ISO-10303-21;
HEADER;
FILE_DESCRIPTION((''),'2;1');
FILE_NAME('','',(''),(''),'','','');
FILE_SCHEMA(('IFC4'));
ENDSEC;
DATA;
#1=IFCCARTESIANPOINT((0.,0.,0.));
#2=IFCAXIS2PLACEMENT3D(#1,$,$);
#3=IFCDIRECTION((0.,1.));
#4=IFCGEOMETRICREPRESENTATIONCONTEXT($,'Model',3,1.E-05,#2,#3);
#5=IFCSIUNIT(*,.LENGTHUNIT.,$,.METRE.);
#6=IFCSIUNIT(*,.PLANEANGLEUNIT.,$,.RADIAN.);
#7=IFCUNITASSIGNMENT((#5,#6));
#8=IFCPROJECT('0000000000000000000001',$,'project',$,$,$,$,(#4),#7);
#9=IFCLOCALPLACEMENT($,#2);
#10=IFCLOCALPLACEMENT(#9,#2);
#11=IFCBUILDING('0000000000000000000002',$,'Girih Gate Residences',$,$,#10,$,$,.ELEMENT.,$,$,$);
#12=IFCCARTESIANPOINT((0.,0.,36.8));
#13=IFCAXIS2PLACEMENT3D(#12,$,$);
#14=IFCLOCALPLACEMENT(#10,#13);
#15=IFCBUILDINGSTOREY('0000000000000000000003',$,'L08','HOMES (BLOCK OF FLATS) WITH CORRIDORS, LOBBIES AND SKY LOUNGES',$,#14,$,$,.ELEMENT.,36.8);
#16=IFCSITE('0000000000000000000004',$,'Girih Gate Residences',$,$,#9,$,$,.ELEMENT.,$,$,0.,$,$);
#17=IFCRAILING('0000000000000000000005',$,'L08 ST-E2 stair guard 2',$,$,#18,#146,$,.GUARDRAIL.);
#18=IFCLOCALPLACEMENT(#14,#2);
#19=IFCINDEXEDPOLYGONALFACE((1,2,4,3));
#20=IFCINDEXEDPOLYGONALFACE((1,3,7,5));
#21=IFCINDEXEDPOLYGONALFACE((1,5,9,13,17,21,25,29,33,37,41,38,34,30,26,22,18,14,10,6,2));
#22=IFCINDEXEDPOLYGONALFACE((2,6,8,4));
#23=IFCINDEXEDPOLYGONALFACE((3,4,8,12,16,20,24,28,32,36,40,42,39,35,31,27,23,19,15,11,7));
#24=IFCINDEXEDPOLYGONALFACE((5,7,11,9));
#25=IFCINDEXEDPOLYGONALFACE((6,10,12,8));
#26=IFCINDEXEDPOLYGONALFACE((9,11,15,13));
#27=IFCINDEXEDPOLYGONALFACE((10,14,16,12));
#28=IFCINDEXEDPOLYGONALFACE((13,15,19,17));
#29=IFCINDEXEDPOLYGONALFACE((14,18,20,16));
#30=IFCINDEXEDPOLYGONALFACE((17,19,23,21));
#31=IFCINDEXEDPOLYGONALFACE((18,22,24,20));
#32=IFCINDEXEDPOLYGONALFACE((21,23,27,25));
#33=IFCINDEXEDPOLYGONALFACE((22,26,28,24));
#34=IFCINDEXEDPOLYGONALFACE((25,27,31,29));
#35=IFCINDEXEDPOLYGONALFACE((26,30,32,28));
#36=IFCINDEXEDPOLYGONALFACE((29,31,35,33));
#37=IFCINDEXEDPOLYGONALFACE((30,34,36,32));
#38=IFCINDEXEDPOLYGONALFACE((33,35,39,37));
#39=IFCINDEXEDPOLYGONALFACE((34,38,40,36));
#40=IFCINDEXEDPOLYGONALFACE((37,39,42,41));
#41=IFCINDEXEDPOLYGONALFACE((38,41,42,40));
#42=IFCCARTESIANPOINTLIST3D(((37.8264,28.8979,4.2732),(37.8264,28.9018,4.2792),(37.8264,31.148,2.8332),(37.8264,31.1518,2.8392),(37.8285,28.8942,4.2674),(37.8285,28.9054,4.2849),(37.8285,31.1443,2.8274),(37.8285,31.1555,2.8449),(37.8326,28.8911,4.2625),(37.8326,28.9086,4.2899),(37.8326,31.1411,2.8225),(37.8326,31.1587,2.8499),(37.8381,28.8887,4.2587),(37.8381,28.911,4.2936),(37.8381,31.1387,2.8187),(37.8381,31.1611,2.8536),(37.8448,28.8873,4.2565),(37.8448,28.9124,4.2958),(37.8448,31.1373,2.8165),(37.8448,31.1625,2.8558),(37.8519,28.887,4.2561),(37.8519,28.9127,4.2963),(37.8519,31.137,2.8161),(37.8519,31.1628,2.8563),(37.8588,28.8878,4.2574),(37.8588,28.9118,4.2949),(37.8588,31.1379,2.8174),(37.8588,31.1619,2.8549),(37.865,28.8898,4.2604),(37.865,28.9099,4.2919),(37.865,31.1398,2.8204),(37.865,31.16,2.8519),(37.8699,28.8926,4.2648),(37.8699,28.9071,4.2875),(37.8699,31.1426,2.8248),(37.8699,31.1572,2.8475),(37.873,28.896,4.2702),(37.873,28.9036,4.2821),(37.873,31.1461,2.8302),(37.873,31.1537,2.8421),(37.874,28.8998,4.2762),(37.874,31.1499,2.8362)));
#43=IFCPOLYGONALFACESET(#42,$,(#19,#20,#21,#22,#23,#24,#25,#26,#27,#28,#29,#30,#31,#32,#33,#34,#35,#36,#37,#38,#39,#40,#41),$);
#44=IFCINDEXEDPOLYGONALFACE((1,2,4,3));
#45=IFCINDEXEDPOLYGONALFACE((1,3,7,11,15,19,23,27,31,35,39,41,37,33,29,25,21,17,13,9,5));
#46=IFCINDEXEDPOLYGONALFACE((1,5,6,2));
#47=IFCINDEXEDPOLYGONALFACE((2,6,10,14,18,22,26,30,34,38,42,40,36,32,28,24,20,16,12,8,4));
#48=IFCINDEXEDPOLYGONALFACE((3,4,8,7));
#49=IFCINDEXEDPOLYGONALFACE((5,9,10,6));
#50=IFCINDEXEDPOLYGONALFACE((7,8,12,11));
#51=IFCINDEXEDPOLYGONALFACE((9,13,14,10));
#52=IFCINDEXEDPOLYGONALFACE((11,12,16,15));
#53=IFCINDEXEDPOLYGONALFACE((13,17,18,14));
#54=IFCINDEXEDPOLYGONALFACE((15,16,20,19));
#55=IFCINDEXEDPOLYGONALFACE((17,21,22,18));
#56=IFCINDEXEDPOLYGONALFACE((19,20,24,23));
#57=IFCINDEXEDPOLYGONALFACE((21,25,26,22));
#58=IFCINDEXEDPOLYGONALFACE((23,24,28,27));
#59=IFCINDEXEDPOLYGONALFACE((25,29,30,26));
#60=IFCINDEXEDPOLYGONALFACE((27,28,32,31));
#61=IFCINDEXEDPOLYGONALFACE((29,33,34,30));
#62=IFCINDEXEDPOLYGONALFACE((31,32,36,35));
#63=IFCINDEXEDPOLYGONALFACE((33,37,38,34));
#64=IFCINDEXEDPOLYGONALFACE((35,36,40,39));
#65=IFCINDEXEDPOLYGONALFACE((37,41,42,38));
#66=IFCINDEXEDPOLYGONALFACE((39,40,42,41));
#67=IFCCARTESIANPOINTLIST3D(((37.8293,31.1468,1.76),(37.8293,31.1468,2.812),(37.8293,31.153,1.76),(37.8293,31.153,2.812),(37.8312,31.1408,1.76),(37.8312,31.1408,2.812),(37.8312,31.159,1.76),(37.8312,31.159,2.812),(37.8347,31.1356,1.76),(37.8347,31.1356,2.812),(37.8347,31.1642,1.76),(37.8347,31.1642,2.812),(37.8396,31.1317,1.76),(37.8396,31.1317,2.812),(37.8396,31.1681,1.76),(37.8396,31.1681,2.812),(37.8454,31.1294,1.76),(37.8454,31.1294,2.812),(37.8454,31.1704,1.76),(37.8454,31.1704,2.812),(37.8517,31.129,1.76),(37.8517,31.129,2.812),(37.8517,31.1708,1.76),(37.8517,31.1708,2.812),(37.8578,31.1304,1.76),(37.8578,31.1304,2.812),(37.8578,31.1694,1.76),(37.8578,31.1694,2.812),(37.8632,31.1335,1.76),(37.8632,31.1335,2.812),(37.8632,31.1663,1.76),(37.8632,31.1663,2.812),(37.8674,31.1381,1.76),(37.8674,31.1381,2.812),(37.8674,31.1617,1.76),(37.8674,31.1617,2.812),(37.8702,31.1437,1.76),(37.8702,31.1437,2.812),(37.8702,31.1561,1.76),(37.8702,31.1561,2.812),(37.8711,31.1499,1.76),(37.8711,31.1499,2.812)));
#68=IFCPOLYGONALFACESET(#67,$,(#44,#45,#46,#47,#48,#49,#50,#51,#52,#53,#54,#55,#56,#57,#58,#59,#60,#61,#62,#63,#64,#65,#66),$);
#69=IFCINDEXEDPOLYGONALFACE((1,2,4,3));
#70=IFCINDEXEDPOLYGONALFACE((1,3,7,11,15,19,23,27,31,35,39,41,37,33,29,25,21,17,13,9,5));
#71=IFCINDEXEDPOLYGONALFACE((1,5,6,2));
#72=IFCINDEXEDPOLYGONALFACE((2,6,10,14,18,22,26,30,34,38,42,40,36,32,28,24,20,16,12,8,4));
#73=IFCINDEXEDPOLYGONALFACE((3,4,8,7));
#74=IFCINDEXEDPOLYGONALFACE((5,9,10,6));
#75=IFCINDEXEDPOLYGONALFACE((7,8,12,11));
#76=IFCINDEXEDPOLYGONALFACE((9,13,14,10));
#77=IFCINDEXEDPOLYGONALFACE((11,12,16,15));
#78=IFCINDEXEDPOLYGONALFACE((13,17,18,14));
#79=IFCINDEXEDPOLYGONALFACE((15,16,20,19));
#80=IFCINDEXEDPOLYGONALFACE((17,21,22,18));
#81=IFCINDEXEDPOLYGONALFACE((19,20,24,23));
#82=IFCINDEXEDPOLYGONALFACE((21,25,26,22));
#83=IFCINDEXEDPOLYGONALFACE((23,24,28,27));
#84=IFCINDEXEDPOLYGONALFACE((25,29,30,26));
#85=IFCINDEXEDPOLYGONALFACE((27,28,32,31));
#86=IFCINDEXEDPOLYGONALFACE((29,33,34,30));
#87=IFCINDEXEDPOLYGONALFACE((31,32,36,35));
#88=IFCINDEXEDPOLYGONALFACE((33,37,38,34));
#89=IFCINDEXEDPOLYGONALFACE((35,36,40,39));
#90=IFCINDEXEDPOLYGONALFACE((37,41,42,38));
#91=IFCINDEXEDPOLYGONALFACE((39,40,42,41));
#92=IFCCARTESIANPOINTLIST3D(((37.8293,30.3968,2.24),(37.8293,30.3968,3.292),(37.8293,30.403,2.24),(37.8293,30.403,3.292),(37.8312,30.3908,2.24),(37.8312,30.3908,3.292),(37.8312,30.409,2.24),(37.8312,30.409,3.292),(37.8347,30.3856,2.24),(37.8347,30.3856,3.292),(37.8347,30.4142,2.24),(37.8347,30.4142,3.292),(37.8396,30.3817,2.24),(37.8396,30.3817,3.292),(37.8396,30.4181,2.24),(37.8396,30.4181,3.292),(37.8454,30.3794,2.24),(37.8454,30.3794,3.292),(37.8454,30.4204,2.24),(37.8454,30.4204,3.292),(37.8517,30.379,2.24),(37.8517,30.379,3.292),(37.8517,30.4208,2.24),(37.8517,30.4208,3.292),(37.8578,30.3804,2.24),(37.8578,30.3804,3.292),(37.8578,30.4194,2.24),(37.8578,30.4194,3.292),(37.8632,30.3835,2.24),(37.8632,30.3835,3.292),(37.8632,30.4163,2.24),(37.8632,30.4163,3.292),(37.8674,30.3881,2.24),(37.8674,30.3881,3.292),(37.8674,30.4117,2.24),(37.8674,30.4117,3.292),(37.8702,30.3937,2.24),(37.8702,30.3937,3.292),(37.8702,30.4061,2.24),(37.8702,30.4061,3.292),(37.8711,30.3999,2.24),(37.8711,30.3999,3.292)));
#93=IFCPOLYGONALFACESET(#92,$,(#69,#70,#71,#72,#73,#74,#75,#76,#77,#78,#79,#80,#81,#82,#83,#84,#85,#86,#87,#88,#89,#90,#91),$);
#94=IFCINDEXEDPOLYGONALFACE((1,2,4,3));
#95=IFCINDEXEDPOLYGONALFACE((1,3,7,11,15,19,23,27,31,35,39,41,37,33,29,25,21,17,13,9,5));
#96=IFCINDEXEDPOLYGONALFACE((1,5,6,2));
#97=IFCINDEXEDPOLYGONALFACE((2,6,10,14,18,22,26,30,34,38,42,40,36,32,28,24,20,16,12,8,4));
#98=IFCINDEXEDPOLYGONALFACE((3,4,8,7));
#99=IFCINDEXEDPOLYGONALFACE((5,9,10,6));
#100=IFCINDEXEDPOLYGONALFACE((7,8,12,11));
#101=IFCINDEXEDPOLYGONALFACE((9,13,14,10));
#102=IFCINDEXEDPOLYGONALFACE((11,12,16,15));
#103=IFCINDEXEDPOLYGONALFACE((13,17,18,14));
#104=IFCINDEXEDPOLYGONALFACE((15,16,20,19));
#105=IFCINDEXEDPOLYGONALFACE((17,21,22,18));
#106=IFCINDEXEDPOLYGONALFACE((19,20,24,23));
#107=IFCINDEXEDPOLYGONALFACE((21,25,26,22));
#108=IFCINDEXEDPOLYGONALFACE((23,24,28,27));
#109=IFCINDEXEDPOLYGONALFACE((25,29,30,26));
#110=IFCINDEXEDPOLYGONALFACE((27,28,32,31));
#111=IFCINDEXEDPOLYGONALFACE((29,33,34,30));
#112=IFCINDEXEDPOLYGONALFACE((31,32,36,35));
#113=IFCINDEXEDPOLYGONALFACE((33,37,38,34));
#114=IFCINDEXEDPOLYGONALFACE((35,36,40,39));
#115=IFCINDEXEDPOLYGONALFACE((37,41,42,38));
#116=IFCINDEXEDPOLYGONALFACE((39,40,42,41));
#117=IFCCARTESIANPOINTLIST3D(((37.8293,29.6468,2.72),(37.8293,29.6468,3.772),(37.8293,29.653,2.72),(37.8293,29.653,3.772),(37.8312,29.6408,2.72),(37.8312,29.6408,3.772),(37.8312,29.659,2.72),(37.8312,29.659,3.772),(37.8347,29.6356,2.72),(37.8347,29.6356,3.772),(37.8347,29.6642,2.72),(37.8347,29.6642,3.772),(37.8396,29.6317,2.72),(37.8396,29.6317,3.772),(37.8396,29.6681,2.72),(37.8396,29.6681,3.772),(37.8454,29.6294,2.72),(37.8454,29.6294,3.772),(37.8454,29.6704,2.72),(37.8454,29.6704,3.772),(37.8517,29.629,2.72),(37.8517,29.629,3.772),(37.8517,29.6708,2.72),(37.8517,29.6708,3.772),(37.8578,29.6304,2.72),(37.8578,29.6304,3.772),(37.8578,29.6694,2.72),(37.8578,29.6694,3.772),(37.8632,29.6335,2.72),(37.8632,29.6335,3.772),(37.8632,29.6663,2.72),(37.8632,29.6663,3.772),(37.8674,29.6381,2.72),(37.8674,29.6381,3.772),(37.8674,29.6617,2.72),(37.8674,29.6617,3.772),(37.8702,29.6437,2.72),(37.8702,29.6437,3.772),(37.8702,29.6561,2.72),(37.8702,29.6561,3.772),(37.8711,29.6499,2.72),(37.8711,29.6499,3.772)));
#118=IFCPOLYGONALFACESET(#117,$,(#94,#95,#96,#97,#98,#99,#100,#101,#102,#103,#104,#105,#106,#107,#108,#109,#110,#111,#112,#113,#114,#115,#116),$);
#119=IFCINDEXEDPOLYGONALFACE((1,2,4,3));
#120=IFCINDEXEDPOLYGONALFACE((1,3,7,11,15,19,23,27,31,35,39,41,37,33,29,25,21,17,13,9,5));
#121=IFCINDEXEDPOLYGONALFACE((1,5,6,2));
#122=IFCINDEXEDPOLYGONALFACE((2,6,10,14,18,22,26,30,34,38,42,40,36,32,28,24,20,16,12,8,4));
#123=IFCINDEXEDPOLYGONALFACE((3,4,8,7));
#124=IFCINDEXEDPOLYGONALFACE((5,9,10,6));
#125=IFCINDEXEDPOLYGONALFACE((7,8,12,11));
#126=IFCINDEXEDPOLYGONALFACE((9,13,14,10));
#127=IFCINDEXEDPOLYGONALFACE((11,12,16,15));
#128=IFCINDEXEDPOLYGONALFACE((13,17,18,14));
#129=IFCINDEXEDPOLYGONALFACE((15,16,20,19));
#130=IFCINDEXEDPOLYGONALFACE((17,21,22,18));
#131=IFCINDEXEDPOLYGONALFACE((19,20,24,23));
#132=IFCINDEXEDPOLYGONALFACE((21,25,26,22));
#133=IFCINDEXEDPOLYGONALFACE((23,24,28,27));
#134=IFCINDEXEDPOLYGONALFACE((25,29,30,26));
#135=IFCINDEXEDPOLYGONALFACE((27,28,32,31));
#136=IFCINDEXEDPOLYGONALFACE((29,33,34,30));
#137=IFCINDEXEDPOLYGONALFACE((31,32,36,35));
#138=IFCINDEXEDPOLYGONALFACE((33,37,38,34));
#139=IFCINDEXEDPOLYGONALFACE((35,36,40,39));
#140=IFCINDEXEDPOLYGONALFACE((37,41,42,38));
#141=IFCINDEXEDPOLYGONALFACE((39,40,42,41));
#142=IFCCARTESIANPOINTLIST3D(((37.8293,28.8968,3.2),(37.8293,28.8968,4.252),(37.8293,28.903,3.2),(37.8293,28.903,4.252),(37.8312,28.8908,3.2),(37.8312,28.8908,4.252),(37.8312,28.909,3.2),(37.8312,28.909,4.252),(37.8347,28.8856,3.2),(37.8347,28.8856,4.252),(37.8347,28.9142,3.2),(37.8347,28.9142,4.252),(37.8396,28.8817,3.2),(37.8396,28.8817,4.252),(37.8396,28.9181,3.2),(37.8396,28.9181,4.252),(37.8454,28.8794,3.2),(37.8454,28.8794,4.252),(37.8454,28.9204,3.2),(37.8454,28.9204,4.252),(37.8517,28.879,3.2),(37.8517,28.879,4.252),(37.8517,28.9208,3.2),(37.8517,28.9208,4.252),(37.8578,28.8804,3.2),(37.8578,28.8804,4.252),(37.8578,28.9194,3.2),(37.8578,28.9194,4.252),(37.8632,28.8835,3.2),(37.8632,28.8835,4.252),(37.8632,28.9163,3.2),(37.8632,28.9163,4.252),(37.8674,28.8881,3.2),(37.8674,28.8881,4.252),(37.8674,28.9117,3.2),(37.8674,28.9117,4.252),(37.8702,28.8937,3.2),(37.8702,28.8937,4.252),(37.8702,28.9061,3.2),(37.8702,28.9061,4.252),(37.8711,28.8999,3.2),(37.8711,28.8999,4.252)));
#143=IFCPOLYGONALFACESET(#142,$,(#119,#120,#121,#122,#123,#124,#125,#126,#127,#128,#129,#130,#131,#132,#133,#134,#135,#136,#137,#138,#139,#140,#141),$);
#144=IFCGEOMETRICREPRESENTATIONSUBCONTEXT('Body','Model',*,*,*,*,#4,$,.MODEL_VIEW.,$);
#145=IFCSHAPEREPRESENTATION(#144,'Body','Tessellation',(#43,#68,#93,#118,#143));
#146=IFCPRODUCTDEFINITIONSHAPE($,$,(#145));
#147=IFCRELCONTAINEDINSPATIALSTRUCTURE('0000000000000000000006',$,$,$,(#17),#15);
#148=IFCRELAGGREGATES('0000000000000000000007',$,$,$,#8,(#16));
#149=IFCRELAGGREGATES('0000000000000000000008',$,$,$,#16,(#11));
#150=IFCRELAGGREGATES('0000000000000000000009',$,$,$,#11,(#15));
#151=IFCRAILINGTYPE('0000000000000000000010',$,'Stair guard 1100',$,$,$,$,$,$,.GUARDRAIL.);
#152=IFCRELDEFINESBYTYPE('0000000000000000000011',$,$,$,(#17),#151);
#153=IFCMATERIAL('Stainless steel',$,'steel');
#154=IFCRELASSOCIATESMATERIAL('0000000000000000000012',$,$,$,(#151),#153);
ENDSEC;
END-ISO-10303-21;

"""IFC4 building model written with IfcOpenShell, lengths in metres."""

from ifc_helpers import new_model, si_unit, direction, frame, origin, origin_2d, place, context, subcontext, project, spatial, circle, extrude, material, type_object, element, save


model = new_model("IFC4")

# Units and contexts
model_context = context("Model", 3, precision=1e-05, world=origin(), true_north=direction((0.0, 1.0)))
body_context = subcontext(model_context, "Body", "Model", "MODEL_VIEW")
ifc_project = project(units=[si_unit("LENGTHUNIT", "METRE"), si_unit("PLANEANGLEUNIT", "RADIAN")], contexts=[model_context])

# Site, building, storey
site_placement = place(None, origin())
site = spatial("IfcSite", under=ifc_project, at=site_placement, Name="Girih Gate Residences", CompositionType="ELEMENT", RefElevation=0.0)
building_placement = place(site_placement, origin())
building = spatial("IfcBuilding", under=site, at=building_placement, Name="Girih Gate Residences", CompositionType="ELEMENT")
storey_placement = place(building_placement, frame((0.0, 0.0, 36.8)))
storey = spatial("IfcBuildingStorey", under=building, at=storey_placement, Name="L08", Description="HOMES (BLOCK OF FLATS) WITH CORRIDORS, LOBBIES AND SKY LOUNGES", CompositionType="ELEMENT", Elevation=36.8)

# Shared definitions
ifc_material_1 = material(Name="Stainless steel", Category="steel")

# Railing
railing_type_1 = type_object("IfcRailingType", Name="Stair guard 1100", PredefinedType="GUARDRAIL", material=ifc_material_1)
railing_1_placement = place(storey_placement, frame((37.8501, 31.1499, 1.76)))
element("IfcRailing", 1, at=railing_1_placement, inside=storey, type_object=railing_type_1, Name="L08 ST-E2 stair guard 2", PredefinedType="GUARDRAIL", context=body_context, shape_type="SweptSolid", body=[
    extrude(circle(Radius=0.0239, at=origin_2d()), frame((0.0, 0.0, 1.0762), z_axis=(0.0, -0.842281, 0.539038), x_axis=(1.0, 0.0, 0.0)), (0.0, 0.0, 1.0), 2.6714),
    extrude(circle(Radius=0.021, at=origin_2d()), origin(), (0.0, 0.0, 1.0), 1.052),
    extrude(circle(Radius=0.021, at=origin_2d()), frame((0.0, -0.75, 0.48)), (0.0, 0.0, 1.0), 1.052),
    extrude(circle(Radius=0.021, at=origin_2d()), frame((0.0, -1.5, 0.96)), (0.0, 0.0, 1.0), 1.052),
    extrude(circle(Radius=0.021, at=origin_2d()), frame((0.0, -2.25, 1.4399)), (0.0, 0.0, 1.0), 1.052),
])

save(model, "model.ifc")
